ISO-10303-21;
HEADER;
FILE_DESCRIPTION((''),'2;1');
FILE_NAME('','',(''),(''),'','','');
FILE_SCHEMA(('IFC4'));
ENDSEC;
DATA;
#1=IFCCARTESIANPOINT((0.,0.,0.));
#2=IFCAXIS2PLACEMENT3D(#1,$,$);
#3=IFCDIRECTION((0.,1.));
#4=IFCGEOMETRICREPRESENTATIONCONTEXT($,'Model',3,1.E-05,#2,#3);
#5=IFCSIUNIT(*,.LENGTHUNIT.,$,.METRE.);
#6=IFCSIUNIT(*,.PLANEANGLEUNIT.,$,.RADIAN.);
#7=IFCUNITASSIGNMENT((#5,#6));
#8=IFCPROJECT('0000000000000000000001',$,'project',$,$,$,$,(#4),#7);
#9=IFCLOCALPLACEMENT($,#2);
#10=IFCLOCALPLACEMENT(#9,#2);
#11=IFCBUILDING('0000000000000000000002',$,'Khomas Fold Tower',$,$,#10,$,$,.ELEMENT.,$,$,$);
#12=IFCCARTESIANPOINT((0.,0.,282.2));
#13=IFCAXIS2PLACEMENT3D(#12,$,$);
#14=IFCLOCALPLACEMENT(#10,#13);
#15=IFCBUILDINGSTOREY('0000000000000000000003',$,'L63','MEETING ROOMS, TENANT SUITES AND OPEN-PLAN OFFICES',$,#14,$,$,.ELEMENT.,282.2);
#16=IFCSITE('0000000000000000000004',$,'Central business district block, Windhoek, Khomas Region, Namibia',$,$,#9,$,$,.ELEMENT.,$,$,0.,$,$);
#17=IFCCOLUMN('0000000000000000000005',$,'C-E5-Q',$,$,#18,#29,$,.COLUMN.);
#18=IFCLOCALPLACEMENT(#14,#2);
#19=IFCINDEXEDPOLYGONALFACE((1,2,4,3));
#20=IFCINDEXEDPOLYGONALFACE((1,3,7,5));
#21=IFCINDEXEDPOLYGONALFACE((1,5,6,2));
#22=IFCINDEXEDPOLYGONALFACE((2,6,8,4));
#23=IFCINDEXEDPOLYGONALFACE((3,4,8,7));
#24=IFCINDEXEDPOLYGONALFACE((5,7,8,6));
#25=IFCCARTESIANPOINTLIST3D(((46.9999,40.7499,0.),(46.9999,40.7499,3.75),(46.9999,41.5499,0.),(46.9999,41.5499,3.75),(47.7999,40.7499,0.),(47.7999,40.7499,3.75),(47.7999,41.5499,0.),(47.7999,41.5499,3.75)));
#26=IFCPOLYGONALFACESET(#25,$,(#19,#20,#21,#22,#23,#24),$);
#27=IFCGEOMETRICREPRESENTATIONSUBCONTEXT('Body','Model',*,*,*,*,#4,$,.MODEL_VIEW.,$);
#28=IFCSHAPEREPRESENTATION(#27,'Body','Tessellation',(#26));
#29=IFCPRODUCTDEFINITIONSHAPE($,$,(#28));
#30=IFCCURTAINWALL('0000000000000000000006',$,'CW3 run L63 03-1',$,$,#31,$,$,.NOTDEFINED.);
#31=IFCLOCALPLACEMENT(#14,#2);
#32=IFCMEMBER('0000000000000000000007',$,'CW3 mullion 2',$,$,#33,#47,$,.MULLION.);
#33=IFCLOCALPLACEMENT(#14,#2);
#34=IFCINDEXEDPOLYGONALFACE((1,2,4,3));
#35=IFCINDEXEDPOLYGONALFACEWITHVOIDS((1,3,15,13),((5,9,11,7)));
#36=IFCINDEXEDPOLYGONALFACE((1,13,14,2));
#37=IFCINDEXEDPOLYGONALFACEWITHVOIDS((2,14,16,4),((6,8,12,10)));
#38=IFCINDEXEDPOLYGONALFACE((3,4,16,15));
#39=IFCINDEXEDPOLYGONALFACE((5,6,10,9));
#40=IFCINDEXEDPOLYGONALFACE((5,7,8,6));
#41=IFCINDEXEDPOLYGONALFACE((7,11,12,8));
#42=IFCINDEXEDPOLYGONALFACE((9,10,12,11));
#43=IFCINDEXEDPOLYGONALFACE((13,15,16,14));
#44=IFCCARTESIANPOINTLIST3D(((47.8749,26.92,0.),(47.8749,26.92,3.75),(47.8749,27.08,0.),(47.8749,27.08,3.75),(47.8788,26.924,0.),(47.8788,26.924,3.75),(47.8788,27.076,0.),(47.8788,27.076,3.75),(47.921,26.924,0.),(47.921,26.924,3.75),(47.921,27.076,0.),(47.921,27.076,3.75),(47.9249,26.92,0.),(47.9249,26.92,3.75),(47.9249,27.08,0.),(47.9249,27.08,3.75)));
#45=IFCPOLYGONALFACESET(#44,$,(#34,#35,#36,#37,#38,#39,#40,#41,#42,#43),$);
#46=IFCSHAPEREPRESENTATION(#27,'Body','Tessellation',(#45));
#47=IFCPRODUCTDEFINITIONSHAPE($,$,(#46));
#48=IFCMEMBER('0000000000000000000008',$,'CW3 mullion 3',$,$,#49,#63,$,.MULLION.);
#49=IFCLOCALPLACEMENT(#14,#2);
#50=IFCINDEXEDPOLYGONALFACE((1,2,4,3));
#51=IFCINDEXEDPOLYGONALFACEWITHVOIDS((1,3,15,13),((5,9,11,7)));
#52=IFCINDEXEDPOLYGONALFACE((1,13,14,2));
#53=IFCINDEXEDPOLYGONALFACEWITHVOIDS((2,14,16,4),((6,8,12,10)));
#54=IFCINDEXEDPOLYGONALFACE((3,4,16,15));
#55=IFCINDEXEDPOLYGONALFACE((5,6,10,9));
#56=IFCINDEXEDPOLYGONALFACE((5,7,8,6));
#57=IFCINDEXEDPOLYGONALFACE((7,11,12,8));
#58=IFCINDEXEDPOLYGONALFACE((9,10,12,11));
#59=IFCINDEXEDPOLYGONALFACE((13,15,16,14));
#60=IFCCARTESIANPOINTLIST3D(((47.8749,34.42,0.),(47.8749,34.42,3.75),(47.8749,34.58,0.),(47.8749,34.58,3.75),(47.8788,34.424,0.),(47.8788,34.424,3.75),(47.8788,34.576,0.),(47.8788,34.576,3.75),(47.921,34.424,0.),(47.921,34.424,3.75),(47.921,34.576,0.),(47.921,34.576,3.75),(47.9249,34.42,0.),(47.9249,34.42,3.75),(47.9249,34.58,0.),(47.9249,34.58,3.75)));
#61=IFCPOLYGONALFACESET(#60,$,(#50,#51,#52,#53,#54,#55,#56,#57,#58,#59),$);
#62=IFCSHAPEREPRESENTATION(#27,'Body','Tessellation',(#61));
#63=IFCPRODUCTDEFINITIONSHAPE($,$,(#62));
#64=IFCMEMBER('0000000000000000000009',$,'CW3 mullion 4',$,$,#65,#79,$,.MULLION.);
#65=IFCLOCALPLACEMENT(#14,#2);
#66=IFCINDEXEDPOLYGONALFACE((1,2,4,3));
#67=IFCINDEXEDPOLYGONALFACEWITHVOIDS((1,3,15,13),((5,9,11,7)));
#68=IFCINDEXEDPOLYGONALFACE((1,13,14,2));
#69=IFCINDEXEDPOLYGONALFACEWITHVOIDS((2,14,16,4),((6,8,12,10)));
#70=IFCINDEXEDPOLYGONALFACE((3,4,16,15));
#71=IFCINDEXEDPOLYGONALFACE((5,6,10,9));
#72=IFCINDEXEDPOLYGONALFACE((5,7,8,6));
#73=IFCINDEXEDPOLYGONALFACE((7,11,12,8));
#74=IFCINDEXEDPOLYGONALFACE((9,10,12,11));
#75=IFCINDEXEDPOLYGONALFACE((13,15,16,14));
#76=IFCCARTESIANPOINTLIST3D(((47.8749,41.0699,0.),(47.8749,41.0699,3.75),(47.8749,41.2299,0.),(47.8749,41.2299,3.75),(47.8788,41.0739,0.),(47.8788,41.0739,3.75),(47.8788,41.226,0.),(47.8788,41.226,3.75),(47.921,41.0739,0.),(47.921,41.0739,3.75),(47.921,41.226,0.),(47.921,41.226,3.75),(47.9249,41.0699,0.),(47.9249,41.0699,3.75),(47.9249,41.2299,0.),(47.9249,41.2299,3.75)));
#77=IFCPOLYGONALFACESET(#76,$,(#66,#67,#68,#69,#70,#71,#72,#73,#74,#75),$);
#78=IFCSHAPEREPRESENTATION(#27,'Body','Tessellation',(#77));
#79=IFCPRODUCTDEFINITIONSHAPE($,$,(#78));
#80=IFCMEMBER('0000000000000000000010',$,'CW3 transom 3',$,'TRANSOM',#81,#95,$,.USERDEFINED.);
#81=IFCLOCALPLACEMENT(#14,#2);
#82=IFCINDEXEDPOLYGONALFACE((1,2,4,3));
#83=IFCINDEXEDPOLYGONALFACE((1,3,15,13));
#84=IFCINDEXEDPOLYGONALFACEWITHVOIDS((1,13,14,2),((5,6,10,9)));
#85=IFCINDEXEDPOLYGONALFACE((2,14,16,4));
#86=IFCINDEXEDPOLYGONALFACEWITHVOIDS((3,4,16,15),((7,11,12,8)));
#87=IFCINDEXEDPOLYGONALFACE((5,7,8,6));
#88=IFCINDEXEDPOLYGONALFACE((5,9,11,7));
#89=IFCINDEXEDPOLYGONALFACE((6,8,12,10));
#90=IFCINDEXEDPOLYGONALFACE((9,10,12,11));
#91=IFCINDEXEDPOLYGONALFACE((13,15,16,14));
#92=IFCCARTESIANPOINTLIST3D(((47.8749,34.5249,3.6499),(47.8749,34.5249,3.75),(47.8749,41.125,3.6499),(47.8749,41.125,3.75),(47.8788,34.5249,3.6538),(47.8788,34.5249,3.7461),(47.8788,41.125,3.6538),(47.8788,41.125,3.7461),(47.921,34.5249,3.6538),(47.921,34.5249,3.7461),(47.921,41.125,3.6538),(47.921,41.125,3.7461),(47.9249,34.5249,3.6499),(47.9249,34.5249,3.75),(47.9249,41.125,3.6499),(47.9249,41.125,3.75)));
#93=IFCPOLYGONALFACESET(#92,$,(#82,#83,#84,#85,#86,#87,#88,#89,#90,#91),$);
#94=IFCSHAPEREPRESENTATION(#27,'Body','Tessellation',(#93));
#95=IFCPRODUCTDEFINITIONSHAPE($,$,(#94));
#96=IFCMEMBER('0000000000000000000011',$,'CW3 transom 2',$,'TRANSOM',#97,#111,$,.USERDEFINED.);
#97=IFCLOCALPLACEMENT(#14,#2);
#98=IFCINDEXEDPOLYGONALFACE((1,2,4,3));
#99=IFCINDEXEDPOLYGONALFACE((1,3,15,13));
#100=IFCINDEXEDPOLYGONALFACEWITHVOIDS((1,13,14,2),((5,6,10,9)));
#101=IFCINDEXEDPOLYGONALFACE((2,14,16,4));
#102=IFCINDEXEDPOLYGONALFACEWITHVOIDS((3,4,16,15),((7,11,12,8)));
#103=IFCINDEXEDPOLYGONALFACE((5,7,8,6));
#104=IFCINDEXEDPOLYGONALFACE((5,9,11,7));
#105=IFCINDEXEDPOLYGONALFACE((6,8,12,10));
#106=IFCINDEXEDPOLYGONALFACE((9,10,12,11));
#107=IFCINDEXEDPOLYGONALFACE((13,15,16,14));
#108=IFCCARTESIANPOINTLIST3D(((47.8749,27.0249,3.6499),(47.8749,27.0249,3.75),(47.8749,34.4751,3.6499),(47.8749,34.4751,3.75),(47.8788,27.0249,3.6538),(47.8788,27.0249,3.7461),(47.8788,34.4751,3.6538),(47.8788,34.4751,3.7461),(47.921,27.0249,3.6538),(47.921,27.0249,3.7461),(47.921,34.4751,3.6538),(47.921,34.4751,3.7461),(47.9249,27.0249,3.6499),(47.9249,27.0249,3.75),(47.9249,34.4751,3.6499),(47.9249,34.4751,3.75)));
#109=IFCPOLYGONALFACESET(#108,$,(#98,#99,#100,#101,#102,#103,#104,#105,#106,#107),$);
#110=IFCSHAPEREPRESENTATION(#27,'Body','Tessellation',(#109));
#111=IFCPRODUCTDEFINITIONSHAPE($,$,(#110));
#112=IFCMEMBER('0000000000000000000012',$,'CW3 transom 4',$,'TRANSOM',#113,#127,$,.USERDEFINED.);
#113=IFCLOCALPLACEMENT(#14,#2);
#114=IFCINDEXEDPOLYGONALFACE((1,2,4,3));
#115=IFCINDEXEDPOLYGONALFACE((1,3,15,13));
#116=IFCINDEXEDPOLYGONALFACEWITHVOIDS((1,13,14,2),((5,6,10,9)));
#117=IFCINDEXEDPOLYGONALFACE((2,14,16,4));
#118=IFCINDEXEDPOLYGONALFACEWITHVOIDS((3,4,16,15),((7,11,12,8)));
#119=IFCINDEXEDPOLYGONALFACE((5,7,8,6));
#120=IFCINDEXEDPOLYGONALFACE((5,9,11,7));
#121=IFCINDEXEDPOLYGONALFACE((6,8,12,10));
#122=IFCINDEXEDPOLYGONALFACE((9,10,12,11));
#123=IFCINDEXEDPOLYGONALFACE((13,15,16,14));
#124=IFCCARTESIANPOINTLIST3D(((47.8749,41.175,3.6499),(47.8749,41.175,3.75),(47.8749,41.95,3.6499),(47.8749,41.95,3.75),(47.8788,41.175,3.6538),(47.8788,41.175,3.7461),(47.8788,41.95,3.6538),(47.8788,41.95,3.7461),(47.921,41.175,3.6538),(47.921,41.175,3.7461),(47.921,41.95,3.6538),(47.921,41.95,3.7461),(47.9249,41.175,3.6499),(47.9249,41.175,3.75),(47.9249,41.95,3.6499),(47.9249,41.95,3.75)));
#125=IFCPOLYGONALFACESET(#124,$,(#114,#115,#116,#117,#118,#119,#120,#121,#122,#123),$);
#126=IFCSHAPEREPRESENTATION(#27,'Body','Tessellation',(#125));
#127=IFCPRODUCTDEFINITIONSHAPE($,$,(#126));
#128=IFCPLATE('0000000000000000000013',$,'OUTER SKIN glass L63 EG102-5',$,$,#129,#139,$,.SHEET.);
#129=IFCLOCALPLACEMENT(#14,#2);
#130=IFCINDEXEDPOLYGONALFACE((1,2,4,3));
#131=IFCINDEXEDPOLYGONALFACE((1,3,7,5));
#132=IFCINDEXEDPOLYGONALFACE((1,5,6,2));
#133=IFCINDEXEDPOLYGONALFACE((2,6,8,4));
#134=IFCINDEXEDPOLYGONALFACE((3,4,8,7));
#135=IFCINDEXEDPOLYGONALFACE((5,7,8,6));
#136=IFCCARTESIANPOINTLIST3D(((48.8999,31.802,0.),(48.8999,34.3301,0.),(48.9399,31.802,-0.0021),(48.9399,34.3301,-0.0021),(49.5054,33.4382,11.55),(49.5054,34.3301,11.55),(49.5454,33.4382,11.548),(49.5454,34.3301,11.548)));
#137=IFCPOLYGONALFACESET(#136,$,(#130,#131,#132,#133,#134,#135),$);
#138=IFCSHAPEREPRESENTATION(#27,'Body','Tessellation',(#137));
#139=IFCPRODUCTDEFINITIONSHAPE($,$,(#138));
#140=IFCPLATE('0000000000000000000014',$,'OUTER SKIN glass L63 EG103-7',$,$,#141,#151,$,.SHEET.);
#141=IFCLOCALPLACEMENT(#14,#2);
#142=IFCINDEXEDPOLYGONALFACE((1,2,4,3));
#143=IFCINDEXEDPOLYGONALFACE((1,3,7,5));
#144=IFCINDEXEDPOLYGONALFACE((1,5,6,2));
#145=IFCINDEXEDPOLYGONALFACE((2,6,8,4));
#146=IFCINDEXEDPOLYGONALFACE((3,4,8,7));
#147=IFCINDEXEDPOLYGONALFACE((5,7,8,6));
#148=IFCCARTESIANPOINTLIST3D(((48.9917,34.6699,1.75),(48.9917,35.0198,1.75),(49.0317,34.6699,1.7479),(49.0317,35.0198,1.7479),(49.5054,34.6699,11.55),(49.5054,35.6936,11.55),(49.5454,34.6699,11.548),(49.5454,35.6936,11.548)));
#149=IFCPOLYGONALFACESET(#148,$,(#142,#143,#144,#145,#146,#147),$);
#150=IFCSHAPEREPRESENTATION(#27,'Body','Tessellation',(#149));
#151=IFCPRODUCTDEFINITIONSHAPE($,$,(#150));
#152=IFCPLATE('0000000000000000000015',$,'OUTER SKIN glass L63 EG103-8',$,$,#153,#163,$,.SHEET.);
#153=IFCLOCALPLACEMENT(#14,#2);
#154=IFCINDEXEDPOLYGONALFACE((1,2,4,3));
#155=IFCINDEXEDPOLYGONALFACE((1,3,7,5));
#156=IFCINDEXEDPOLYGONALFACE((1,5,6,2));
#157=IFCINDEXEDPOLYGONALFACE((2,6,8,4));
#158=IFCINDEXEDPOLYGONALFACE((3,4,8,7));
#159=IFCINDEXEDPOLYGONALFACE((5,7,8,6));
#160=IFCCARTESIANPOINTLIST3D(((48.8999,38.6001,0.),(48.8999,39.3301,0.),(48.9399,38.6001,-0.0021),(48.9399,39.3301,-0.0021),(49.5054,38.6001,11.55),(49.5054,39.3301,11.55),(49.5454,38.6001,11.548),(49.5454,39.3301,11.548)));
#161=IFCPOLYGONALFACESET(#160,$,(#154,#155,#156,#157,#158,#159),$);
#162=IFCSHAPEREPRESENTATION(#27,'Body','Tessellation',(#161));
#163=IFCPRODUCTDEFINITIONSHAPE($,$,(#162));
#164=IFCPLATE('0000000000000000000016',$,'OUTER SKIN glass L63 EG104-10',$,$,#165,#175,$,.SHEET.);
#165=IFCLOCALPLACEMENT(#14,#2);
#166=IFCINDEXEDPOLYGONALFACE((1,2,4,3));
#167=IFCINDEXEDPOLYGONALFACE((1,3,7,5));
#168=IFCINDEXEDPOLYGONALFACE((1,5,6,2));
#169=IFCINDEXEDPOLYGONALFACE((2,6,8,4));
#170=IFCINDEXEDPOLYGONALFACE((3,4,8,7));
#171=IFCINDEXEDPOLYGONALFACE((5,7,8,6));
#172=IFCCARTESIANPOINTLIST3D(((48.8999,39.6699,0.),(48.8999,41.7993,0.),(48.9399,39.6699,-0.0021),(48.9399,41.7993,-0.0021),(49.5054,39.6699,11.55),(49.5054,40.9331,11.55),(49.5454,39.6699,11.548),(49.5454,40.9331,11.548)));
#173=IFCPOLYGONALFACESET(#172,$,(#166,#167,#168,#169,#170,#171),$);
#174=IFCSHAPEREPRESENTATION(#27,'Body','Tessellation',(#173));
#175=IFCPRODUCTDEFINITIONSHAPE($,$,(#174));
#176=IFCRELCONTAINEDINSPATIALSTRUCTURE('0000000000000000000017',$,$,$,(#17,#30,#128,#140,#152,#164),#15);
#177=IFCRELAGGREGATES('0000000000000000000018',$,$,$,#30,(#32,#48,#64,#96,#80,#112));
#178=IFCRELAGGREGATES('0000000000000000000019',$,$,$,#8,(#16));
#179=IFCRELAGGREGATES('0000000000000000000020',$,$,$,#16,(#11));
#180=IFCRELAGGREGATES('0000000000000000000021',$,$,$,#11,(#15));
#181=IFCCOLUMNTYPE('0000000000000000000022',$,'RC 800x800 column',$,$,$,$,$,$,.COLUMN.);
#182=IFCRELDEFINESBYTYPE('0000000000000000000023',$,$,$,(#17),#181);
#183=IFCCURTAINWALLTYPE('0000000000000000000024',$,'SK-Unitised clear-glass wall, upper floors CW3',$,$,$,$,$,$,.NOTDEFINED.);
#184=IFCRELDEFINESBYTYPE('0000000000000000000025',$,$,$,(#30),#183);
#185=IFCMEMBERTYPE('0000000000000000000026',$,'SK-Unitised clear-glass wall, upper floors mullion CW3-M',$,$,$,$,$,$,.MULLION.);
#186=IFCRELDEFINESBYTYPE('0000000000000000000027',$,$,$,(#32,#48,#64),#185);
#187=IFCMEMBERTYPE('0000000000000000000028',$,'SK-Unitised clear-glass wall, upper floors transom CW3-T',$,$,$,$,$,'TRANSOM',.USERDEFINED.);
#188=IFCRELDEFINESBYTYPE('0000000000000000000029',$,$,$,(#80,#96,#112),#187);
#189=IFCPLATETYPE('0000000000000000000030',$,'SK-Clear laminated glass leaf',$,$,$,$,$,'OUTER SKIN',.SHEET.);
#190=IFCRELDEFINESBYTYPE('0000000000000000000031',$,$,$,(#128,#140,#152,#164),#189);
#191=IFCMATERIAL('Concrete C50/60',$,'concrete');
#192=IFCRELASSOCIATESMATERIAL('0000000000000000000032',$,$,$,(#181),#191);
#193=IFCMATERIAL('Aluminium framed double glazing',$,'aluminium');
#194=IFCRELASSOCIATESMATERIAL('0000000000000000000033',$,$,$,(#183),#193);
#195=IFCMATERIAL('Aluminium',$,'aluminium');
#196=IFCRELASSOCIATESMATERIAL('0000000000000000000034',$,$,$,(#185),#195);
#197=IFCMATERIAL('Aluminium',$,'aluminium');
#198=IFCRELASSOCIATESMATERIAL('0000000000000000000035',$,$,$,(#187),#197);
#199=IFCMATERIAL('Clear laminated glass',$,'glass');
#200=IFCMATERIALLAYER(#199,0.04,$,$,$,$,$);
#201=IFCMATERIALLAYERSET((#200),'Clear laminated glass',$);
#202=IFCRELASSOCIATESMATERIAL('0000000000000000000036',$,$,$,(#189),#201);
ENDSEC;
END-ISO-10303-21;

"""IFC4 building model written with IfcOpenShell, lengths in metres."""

from ifc_helpers import new_model, si_unit, direction, frame, origin, origin_2d, place, context, subcontext, project, spatial, polyline, rectangle, hollow_rectangle, outline, extrude, source, transform, mapped, material, layer, layer_set, material_profile, profile_set, type_object, element, aggregate, save


model = new_model("IFC4")

# Units and contexts
model_context = context("Model", 3, precision=1e-05, world=origin(), true_north=direction((0.0, 1.0)))
body_context = subcontext(model_context, "Body", "Model", "MODEL_VIEW")
ifc_project = project(units=[si_unit("LENGTHUNIT", "METRE"), si_unit("PLANEANGLEUNIT", "RADIAN")], contexts=[model_context])

# Site, building, storey
site_placement = place(None, origin())
site = spatial("IfcSite", under=ifc_project, at=site_placement, Name="Central business district block, Windhoek, Khomas Region, Namibia", CompositionType="ELEMENT", RefElevation=0.0)
building_placement = place(site_placement, origin())
building = spatial("IfcBuilding", under=site, at=building_placement, Name="Khomas Fold Tower", CompositionType="ELEMENT")
storey_placement = place(building_placement, frame((0.0, 0.0, 282.2)))
storey = spatial("IfcBuildingStorey", under=building, at=storey_placement, Name="L63", Description="MEETING ROOMS, TENANT SUITES AND OPEN-PLAN OFFICES", CompositionType="ELEMENT", Elevation=282.2)

# Column
ifc_material_1 = material(Name="Concrete C50/60", Category="concrete")
ifc_material_profile_1 = material_profile(ifc_material_1, rectangle(XDim=0.8, YDim=0.8, at=origin_2d()), Name="RC 800x800")
ifc_profile_set_1 = profile_set([ifc_material_profile_1], Name="Concrete C50/60")
column_type = type_object("IfcColumnType", Name="RC 800x800 column", PredefinedType="COLUMN", material=ifc_profile_set_1)
shared_shape_1 = source(origin(), body_context, "Body", "SweptSolid", [
    extrude(rectangle(XDim=0.8, YDim=0.8, at=origin_2d()), origin(), (0.0, 0.0, 1.0), 3.75),
])
column_placement = place(storey_placement, frame((47.3999, 41.1499, 0.0), z_axis=(0.0, 0.0, 1.0), x_axis=(1.0, 0.0, 0.0)))
element("IfcColumn", 1, at=column_placement, inside=storey, type_object=column_type, Name="C-E5-Q", PredefinedType="COLUMN", context=body_context, shape_type="MappedRepresentation", body=[
    mapped(shared_shape_1, transform((0.0, 0.0, 0.0))),
])

# Curtain wall, members
ifc_material_2 = material(Name="Aluminium framed double glazing", Category="aluminium")
curtain_wall_type = type_object("IfcCurtainWallType", Name="SK-Unitised clear-glass wall, upper floors CW3", PredefinedType="NOTDEFINED", material=ifc_material_2)
curtain_wall_placement = place(storey_placement, origin())
curtain_wall = element("IfcCurtainWall", 2, at=curtain_wall_placement, inside=storey, type_object=curtain_wall_type, Name="CW3 run L63 03-1", PredefinedType="NOTDEFINED")
ifc_material_3 = material(Name="Aluminium", Category="aluminium")
ifc_material_profile_2 = material_profile(ifc_material_3, hollow_rectangle(XDim=0.05, YDim=0.1599, WallThickness=0.0039, at=origin_2d()), Name="SK-Unitised clear-glass wall, upper floors mullion CW3-M")
ifc_profile_set_2 = profile_set([ifc_material_profile_2], Name="Aluminium")
member_type_1 = type_object("IfcMemberType", Name="SK-Unitised clear-glass wall, upper floors mullion CW3-M", PredefinedType="MULLION", material=ifc_profile_set_2)
shared_shape_2 = source(origin(), body_context, "Body", "SweptSolid", [
    extrude(hollow_rectangle(XDim=0.05, YDim=0.1599, WallThickness=0.0039, at=origin_2d()), origin(), (0.0, 0.0, 1.0), 3.75),
])
member_1_placement = place(storey_placement, frame((47.8999, 27.0, 0.0), z_axis=(0.0, 0.0, 1.0), x_axis=(-1.0, 0.0, 0.0)))
member_1 = element("IfcMember", 3, at=member_1_placement, type_object=member_type_1, Name="CW3 mullion 2", PredefinedType="MULLION", context=body_context, shape_type="MappedRepresentation", body=[
    mapped(shared_shape_2, transform((0.0, 0.0, 0.0))),
])
member_2_placement = place(storey_placement, frame((47.8999, 34.5, 0.0), z_axis=(0.0, 0.0, 1.0), x_axis=(-1.0, 0.0, 0.0)))
member_2 = element("IfcMember", 4, at=member_2_placement, type_object=member_type_1, Name="CW3 mullion 3", PredefinedType="MULLION", context=body_context, shape_type="MappedRepresentation", body=[
    mapped(shared_shape_2, transform((0.0, 0.0, 0.0))),
])
member_3_placement = place(storey_placement, frame((47.8999, 41.1499, 0.0), z_axis=(0.0, 0.0, 1.0), x_axis=(-1.0, 0.0, 0.0)))
member_3 = element("IfcMember", 5, at=member_3_placement, type_object=member_type_1, Name="CW3 mullion 4", PredefinedType="MULLION", context=body_context, shape_type="MappedRepresentation", body=[
    mapped(shared_shape_2, transform((0.0, 0.0, 0.0))),
])
ifc_material_4 = material(Name="Aluminium", Category="aluminium")
ifc_material_profile_3 = material_profile(ifc_material_4, hollow_rectangle(XDim=0.05, YDim=0.1001, WallThickness=0.0039, at=origin_2d()), Name="SK-Unitised clear-glass wall, upper floors transom CW3-T")
ifc_profile_set_3 = profile_set([ifc_material_profile_3], Name="Aluminium")
member_type_2 = type_object("IfcMemberType", Name="SK-Unitised clear-glass wall, upper floors transom CW3-T", ElementType="TRANSOM", PredefinedType="USERDEFINED", material=ifc_profile_set_3)
shared_shape_3 = source(origin(), body_context, "Body", "SweptSolid", [
    extrude(hollow_rectangle(XDim=0.05, YDim=0.1001, WallThickness=0.0039, at=origin_2d()), origin(), (0.0, 0.0, 1.0), 6.6001),
])
member_4_placement = place(storey_placement, frame((47.8999, 34.5249, 3.7), z_axis=(0.0, 1.0, 0.0), x_axis=(-1.0, 0.0, 0.0)))
member_4 = element("IfcMember", 6, at=member_4_placement, type_object=member_type_2, Name="CW3 transom 3", ObjectType="TRANSOM", PredefinedType="USERDEFINED", context=body_context, shape_type="MappedRepresentation", body=[
    mapped(shared_shape_3, transform((0.0, 0.0, 0.0))),
])
shared_shape_4 = source(origin(), body_context, "Body", "SweptSolid", [
    extrude(hollow_rectangle(XDim=0.05, YDim=0.1001, WallThickness=0.0039, at=origin_2d()), origin(), (0.0, 0.0, 1.0), 7.4502),
])
member_5_placement = place(storey_placement, frame((47.8999, 27.0249, 3.7), z_axis=(0.0, 1.0, 0.0), x_axis=(-1.0, 0.0, 0.0)))
member_5 = element("IfcMember", 7, at=member_5_placement, type_object=member_type_2, Name="CW3 transom 2", ObjectType="TRANSOM", PredefinedType="USERDEFINED", context=body_context, shape_type="MappedRepresentation", body=[
    mapped(shared_shape_4, transform((0.0, 0.0, 0.0))),
])
shared_shape_5 = source(origin(), body_context, "Body", "SweptSolid", [
    extrude(hollow_rectangle(XDim=0.05, YDim=0.1001, WallThickness=0.0039, at=origin_2d()), origin(), (0.0, 0.0, 1.0), 0.7749),
])
member_6_placement = place(storey_placement, frame((47.8999, 41.175, 3.7), z_axis=(0.0, 1.0, 0.0), x_axis=(-1.0, 0.0, 0.0)))
member_6 = element("IfcMember", 8, at=member_6_placement, type_object=member_type_2, Name="CW3 transom 4", ObjectType="TRANSOM", PredefinedType="USERDEFINED", context=body_context, shape_type="MappedRepresentation", body=[
    mapped(shared_shape_5, transform((0.0, 0.0, 0.0))),
])

# Plates
ifc_material_5 = material(Name="Clear laminated glass", Category="glass")
ifc_layer_1 = layer(ifc_material_5, 0.04)
ifc_layer_set_1 = layer_set([ifc_layer_1], Name="Clear laminated glass")
plate_type_1 = type_object("IfcPlateType", Name="SK-Clear laminated glass leaf", ElementType="OUTER SKIN", PredefinedType="SHEET", material=ifc_layer_set_1)
plate_1_placement = place(storey_placement, frame((49.5054, 33.4382, 11.55), z_axis=(-0.998629, 0.0, 0.052349), x_axis=(0.0, 1.0, 0.0)))
element("IfcPlate", 9, at=plate_1_placement, inside=storey, type_object=plate_type_1, Name="OUTER SKIN glass L63 EG102-5", PredefinedType="SHEET", context=body_context, shape_type="SweptSolid", body=[
    extrude(outline(polyline([(0.0, 0.0), (0.8918, 0.0), (0.8918, 11.5659), (-1.6362, 11.5659), (0.0, 0.0)])), origin(), (0.0, 0.0, -1.0), 0.04),
])
plate_2_placement = place(storey_placement, frame((48.9917, 35.0198, 1.75), z_axis=(-0.998629, 0.0, 0.052343), x_axis=(0.0, -1.0, 0.0)))
element("IfcPlate", 10, at=plate_2_placement, inside=storey, type_object=plate_type_1, Name="OUTER SKIN glass L63 EG103-7", PredefinedType="SHEET", context=body_context, shape_type="SweptSolid", body=[
    extrude(outline(polyline([(0.0, 0.0), (0.3499, 0.0), (0.3499, 9.8135), (-0.6738, 9.8135), (0.0, 0.0)])), origin(), (0.0, 0.0, -1.0), 0.04),
])
plate_3_placement = place(storey_placement, frame((49.5054, 38.6001, 11.55), z_axis=(-0.998629, 0.0, 0.052349), x_axis=(0.0, 1.0, 0.0)))
element("IfcPlate", 11, at=plate_3_placement, inside=storey, type_object=plate_type_1, Name="OUTER SKIN glass L63 EG103-8", PredefinedType="SHEET", context=body_context, shape_type="SweptSolid", body=[
    extrude(outline(polyline([(0.0, 0.0), (0.73, 0.0), (0.73, 11.5659), (0.0, 11.5659), (0.0, 0.0)])), origin(), (0.0, 0.0, -1.0), 0.04),
])
plate_4_placement = place(storey_placement, frame((49.5054, 40.9331, 11.55), z_axis=(-0.998629, 0.0, 0.052349), x_axis=(-0.052203, 0.074684, -0.99584)))
element("IfcPlate", 12, at=plate_4_placement, inside=storey, type_object=plate_type_1, Name="OUTER SKIN glass L63 EG104-10", PredefinedType="SHEET", context=body_context, shape_type="SweptSolid", body=[
    extrude(outline(polyline([(0.0, 0.0), (11.5983, 0.0), (11.4393, 2.1234), (-0.0943, 1.2597), (0.0, 0.0)])), origin(), (0.0, 0.0, -1.0), 0.04),
])

aggregate(curtain_wall, [member_1, member_2, member_3, member_5, member_4, member_6])

save(model, "model.ifc")
